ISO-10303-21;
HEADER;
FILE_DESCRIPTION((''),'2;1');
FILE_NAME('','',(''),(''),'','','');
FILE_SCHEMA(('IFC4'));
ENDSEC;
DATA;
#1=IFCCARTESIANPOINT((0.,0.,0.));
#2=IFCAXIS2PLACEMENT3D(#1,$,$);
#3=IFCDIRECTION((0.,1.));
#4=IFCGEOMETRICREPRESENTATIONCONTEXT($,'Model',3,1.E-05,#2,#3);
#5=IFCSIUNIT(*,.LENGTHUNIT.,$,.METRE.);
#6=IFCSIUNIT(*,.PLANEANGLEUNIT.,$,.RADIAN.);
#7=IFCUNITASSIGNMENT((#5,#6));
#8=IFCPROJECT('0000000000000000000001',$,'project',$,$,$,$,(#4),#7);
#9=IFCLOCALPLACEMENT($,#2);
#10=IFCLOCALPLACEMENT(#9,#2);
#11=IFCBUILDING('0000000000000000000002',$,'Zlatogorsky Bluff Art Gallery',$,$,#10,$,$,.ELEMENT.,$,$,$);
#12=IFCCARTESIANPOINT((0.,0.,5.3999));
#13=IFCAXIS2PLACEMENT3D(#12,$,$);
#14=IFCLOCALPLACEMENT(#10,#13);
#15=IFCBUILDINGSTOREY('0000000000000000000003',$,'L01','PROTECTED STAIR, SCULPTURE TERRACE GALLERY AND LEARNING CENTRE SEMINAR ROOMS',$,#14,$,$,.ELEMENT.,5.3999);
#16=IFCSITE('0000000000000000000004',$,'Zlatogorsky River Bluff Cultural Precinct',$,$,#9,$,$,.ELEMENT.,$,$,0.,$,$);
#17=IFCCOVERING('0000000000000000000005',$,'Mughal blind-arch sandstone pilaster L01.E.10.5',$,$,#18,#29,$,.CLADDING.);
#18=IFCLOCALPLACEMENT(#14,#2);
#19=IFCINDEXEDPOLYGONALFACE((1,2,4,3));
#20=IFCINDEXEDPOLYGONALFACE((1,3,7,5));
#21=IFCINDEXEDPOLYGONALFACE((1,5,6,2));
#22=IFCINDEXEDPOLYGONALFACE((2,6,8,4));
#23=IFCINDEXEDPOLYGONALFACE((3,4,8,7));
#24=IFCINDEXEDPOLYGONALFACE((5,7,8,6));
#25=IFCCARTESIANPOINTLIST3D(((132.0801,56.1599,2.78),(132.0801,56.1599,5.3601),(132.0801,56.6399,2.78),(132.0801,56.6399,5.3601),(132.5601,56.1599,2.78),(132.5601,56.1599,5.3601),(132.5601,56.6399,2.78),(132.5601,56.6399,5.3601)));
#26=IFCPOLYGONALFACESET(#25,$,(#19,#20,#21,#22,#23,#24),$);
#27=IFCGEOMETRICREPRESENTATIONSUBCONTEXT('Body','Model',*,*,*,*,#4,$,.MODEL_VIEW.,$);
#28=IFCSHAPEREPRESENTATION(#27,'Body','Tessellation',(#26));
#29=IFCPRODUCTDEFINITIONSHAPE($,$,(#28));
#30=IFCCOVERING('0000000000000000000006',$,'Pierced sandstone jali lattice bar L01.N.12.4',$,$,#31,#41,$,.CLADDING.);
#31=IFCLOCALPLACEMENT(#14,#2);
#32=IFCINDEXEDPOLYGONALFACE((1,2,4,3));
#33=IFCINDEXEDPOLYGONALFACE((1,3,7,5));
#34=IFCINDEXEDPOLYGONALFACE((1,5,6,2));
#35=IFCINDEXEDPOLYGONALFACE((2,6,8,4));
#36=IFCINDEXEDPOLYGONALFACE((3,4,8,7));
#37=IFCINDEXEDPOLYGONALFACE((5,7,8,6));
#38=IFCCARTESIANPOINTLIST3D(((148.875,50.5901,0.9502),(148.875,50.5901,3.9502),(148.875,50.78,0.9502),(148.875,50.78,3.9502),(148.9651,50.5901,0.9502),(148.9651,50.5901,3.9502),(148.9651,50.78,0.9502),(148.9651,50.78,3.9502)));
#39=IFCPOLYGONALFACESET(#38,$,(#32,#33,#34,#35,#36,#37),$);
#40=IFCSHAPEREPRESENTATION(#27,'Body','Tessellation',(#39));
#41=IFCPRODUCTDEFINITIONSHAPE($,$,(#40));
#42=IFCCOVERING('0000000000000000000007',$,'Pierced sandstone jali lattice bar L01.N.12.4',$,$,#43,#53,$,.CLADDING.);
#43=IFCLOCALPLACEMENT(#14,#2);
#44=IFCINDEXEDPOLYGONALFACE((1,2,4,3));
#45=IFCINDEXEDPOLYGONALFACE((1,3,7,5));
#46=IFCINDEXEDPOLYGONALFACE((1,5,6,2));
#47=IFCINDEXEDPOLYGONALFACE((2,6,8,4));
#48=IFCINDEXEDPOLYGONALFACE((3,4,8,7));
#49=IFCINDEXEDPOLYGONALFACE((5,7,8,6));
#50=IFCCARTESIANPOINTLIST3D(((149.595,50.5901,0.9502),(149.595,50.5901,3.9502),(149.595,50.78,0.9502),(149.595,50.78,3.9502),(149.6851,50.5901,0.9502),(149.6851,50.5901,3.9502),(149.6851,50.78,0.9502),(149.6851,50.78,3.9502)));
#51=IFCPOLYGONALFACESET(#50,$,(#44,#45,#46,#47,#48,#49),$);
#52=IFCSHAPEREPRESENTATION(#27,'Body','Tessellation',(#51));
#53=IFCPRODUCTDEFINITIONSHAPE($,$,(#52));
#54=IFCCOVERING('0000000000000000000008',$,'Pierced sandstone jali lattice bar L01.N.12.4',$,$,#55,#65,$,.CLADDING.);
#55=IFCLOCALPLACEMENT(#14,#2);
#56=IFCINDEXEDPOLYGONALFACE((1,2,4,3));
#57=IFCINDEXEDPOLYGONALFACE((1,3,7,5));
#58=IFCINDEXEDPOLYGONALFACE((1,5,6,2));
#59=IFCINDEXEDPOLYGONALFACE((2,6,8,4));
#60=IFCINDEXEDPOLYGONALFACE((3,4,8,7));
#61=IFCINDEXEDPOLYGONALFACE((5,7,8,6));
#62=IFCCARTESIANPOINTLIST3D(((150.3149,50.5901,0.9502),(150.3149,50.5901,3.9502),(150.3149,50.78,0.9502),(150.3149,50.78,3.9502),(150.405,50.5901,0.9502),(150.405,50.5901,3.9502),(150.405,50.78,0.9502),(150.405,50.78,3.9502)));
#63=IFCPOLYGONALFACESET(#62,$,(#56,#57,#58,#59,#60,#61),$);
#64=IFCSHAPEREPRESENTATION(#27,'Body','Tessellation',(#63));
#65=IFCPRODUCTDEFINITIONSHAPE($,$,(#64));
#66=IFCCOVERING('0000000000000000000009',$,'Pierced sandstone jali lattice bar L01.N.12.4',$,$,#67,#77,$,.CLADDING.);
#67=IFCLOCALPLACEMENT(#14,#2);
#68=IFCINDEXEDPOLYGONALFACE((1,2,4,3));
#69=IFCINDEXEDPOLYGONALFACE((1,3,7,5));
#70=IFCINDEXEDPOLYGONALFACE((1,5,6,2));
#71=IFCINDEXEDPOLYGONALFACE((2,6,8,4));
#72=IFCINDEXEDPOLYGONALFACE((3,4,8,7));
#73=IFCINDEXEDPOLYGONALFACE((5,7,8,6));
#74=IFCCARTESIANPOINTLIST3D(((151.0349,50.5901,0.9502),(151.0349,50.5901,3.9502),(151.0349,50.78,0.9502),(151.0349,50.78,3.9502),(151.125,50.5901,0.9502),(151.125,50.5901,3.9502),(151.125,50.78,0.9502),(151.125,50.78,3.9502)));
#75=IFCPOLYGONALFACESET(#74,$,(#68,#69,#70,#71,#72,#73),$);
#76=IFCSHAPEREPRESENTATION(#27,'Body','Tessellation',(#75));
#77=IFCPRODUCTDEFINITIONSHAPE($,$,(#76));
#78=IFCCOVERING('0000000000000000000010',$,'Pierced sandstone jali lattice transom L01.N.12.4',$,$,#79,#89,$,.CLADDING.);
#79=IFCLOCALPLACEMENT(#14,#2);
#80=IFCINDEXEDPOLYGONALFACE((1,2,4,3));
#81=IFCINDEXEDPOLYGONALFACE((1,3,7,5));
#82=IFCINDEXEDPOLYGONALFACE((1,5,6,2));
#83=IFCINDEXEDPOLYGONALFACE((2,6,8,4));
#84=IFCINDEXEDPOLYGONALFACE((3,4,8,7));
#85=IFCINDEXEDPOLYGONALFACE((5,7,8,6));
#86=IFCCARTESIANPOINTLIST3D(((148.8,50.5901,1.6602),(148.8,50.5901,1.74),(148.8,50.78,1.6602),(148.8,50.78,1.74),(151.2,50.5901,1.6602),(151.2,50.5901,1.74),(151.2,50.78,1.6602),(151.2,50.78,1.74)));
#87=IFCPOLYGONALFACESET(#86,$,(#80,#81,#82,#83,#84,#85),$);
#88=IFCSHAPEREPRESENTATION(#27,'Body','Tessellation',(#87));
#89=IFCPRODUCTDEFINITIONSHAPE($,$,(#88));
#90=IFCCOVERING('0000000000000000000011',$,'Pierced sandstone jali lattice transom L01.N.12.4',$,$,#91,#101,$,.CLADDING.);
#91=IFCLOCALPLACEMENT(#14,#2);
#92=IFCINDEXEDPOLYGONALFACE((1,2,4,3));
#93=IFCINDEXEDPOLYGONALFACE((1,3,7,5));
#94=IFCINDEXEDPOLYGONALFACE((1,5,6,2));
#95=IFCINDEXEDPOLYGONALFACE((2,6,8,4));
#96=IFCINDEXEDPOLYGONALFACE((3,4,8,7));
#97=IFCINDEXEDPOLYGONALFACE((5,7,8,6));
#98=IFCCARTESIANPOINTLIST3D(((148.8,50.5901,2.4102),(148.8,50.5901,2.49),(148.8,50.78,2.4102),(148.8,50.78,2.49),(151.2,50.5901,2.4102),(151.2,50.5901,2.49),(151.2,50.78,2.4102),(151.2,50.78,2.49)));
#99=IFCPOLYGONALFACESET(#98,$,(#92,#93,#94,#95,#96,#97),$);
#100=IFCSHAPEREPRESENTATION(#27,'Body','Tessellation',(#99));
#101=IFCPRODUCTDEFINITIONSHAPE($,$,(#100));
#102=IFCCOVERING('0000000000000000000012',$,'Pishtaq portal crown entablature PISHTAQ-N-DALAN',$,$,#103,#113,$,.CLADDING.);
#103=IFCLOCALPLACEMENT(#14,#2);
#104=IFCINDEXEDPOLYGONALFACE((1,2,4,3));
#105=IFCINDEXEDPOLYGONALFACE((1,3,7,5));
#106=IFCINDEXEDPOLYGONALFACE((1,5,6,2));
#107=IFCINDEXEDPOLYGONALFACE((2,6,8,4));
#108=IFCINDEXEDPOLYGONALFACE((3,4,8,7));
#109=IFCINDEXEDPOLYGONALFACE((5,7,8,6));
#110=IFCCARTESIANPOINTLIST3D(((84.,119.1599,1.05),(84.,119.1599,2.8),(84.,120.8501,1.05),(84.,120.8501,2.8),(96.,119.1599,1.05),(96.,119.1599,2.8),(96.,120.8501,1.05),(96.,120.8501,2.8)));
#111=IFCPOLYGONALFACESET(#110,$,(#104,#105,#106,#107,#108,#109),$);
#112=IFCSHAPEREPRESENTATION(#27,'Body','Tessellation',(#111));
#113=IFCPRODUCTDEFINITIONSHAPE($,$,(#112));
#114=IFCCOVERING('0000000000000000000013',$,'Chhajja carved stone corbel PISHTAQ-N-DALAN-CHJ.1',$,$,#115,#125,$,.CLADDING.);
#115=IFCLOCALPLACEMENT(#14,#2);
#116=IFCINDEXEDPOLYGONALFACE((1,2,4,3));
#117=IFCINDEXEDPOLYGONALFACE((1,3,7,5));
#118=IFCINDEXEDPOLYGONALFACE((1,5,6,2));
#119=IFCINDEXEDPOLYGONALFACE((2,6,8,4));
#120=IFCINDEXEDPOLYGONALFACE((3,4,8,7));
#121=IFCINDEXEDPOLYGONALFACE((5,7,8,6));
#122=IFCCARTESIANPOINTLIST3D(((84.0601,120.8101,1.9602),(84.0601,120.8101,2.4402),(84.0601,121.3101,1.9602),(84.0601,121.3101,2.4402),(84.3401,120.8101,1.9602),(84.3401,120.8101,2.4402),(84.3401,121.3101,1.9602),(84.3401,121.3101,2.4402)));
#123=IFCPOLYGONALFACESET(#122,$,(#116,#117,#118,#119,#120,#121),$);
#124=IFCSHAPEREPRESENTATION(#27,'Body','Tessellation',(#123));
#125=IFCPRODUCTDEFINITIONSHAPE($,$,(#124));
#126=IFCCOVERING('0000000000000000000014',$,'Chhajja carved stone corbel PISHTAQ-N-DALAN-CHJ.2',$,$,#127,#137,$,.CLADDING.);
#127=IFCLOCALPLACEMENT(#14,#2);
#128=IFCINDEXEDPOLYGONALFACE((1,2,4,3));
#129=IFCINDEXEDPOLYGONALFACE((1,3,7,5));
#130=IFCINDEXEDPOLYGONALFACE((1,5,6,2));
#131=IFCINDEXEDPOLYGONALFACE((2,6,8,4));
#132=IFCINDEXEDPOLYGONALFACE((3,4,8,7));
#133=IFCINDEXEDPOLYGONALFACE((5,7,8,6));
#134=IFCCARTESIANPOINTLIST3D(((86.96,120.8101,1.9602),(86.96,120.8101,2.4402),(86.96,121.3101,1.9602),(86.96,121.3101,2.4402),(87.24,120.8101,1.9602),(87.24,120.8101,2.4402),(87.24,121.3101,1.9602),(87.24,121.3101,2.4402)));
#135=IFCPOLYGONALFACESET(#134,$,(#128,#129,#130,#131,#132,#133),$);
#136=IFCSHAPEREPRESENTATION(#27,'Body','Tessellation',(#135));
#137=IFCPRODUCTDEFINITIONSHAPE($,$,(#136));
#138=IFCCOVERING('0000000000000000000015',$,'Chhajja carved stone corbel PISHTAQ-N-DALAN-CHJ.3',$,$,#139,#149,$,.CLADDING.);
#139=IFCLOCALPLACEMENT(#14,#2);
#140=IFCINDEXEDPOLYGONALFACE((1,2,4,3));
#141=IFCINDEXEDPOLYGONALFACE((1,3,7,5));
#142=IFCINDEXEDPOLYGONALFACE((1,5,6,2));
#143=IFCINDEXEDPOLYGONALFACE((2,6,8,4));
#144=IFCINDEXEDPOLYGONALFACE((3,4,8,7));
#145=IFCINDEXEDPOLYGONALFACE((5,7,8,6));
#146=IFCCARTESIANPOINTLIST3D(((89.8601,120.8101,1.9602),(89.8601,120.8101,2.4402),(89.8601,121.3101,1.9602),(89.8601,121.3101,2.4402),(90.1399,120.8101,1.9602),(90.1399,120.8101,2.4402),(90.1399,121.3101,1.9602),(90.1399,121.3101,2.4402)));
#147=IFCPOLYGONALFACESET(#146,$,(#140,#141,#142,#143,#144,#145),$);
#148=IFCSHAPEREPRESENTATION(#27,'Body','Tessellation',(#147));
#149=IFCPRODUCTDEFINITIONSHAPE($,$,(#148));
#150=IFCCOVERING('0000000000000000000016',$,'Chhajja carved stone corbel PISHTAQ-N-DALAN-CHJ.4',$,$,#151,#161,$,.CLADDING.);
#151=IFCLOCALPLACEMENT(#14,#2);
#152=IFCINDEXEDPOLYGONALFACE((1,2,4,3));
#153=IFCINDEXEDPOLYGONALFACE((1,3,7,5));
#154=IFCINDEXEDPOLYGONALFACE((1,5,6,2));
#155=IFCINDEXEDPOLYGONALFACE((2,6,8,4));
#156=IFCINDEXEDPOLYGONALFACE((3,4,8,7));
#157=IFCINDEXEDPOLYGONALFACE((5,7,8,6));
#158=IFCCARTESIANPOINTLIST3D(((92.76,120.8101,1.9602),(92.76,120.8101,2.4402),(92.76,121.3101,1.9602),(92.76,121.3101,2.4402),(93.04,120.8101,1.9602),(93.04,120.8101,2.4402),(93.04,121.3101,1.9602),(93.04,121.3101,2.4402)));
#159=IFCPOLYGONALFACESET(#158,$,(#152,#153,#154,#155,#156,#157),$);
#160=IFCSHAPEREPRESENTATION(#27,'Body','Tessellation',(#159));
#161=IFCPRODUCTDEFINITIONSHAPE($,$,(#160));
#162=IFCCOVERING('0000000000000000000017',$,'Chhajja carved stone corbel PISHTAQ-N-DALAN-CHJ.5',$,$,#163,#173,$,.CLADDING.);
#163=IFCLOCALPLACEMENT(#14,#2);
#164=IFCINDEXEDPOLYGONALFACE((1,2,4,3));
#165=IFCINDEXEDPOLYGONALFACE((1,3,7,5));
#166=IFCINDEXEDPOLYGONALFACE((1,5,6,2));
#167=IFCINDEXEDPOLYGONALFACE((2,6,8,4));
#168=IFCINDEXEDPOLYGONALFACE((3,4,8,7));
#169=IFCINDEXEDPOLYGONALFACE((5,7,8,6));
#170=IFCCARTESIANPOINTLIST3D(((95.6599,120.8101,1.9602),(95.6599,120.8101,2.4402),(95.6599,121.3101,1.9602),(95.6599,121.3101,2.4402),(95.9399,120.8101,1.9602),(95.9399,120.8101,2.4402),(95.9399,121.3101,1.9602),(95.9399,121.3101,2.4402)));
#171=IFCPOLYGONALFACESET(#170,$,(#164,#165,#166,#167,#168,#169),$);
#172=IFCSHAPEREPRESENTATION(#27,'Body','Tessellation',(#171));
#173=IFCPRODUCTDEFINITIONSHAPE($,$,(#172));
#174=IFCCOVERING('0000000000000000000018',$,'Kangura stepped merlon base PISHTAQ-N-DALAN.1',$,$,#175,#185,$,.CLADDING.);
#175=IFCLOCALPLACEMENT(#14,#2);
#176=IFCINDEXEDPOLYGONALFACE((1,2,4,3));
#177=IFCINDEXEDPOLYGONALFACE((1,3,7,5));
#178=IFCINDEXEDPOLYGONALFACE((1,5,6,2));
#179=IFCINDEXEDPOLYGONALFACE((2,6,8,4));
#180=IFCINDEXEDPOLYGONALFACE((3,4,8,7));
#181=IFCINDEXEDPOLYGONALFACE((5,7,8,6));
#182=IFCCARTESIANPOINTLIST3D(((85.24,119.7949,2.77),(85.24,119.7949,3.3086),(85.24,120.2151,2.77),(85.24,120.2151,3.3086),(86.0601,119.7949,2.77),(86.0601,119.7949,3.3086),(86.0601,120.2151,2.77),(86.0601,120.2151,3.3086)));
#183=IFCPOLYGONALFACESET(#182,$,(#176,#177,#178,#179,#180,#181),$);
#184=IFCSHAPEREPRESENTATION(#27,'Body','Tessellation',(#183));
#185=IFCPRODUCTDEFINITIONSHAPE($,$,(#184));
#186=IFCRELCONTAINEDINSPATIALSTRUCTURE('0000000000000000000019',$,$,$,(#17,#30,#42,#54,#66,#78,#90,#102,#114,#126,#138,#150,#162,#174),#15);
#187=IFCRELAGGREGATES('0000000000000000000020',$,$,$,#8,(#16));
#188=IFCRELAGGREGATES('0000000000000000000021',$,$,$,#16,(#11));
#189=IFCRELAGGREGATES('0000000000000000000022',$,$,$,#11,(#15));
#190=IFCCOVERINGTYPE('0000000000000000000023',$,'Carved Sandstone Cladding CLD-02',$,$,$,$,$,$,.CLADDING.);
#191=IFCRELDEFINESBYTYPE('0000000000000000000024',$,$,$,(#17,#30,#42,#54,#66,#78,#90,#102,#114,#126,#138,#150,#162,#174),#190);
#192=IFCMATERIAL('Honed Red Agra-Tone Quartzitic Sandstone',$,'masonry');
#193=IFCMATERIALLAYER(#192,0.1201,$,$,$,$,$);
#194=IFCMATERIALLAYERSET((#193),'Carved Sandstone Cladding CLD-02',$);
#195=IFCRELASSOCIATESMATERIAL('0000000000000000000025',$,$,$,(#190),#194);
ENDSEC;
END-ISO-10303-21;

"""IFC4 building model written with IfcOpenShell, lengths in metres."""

from ifc_helpers import new_model, si_unit, direction, frame, origin, place, context, subcontext, project, spatial, polyline, outline, extrude, material, layer, layer_set, type_object, element, save


model = new_model("IFC4")

# Units and contexts
model_context = context("Model", 3, precision=1e-05, world=origin(), true_north=direction((0.0, 1.0)))
body_context = subcontext(model_context, "Body", "Model", "MODEL_VIEW")
ifc_project = project(units=[si_unit("LENGTHUNIT", "METRE"), si_unit("PLANEANGLEUNIT", "RADIAN")], contexts=[model_context])

# Site, building, storey
site_placement = place(None, origin())
site = spatial("IfcSite", under=ifc_project, at=site_placement, Name="Zlatogorsky River Bluff Cultural Precinct", CompositionType="ELEMENT", RefElevation=0.0)
building_placement = place(site_placement, origin())
building = spatial("IfcBuilding", under=site, at=building_placement, Name="Zlatogorsky Bluff Art Gallery", CompositionType="ELEMENT")
storey_placement = place(building_placement, frame((0.0, 0.0, 5.3999)))
storey = spatial("IfcBuildingStorey", under=building, at=storey_placement, Name="L01", Description="PROTECTED STAIR, SCULPTURE TERRACE GALLERY AND LEARNING CENTRE SEMINAR ROOMS", CompositionType="ELEMENT", Elevation=5.3999)

# Coverings
ifc_material = material(Name="Honed Red Agra-Tone Quartzitic Sandstone", Category="masonry")
ifc_layer = layer(ifc_material, 0.1201)
ifc_layer_set = layer_set([ifc_layer], Name="Carved Sandstone Cladding CLD-02")
covering_type = type_object("IfcCoveringType", Name="Carved Sandstone Cladding CLD-02", PredefinedType="CLADDING", material=ifc_layer_set)
covering_1_placement = place(storey_placement, frame((0.0, 0.0, 2.78)))
element("IfcCovering", 1, at=covering_1_placement, inside=storey, type_object=covering_type, Name="Mughal blind-arch sandstone pilaster L01.E.10.5", PredefinedType="CLADDING", context=body_context, shape_type="SweptSolid", body=[
    extrude(outline(polyline([(132.0801, 56.1599), (132.5601, 56.1599), (132.5601, 56.6399), (132.0801, 56.6399), (132.0801, 56.1599)])), origin(), (0.0, 0.0, 1.0), 2.5801),
])
covering_2_placement = place(storey_placement, frame((0.0, 0.0, 0.9502)))
element("IfcCovering", 2, at=covering_2_placement, inside=storey, type_object=covering_type, Name="Pierced sandstone jali lattice bar L01.N.12.4", PredefinedType="CLADDING", context=body_context, shape_type="SweptSolid", body=[
    extrude(outline(polyline([(148.875, 50.5901), (148.9651, 50.5901), (148.9651, 50.78), (148.875, 50.78), (148.875, 50.5901)])), origin(), (0.0, 0.0, 1.0), 3.0),
])
covering_3_placement = place(storey_placement, frame((0.0, 0.0, 0.9502)))
element("IfcCovering", 3, at=covering_3_placement, inside=storey, type_object=covering_type, Name="Pierced sandstone jali lattice bar L01.N.12.4", PredefinedType="CLADDING", context=body_context, shape_type="SweptSolid", body=[
    extrude(outline(polyline([(149.595, 50.5901), (149.6851, 50.5901), (149.6851, 50.78), (149.595, 50.78), (149.595, 50.5901)])), origin(), (0.0, 0.0, 1.0), 3.0),
])
covering_4_placement = place(storey_placement, frame((0.0, 0.0, 0.9502)))
element("IfcCovering", 4, at=covering_4_placement, inside=storey, type_object=covering_type, Name="Pierced sandstone jali lattice bar L01.N.12.4", PredefinedType="CLADDING", context=body_context, shape_type="SweptSolid", body=[
    extrude(outline(polyline([(150.3149, 50.5901), (150.405, 50.5901), (150.405, 50.78), (150.3149, 50.78), (150.3149, 50.5901)])), origin(), (0.0, 0.0, 1.0), 3.0),
])
covering_5_placement = place(storey_placement, frame((0.0, 0.0, 0.9502)))
element("IfcCovering", 5, at=covering_5_placement, inside=storey, type_object=covering_type, Name="Pierced sandstone jali lattice bar L01.N.12.4", PredefinedType="CLADDING", context=body_context, shape_type="SweptSolid", body=[
    extrude(outline(polyline([(151.0349, 50.5901), (151.125, 50.5901), (151.125, 50.78), (151.0349, 50.78), (151.0349, 50.5901)])), origin(), (0.0, 0.0, 1.0), 3.0),
])
for number, where, name in (
    (6, (0.0, 0.0, 1.6602), "Pierced sandstone jali lattice transom L01.N.12.4"),
    (7, (0.0, 0.0, 2.4102), "Pierced sandstone jali lattice transom L01.N.12.4"),
):
    element("IfcCovering", number, at=place(storey_placement, frame(where)), inside=storey, type_object=covering_type, Name=name, PredefinedType="CLADDING", context=body_context, shape_type="SweptSolid", body=[
        extrude(outline(polyline([(148.8, 50.5901), (151.2, 50.5901), (151.2, 50.78), (148.8, 50.78), (148.8, 50.5901)])), origin(), (0.0, 0.0, 1.0), 0.0798),
    ])
covering_6_placement = place(storey_placement, frame((0.0, 0.0, 1.05)))
element("IfcCovering", 8, at=covering_6_placement, inside=storey, type_object=covering_type, Name="Pishtaq portal crown entablature PISHTAQ-N-DALAN", PredefinedType="CLADDING", context=body_context, shape_type="SweptSolid", body=[
    extrude(outline(polyline([(84.0, 119.1599), (96.0, 119.1599), (96.0, 120.8501), (84.0, 120.8501), (84.0, 119.1599)])), origin(), (0.0, 0.0, 1.0), 1.75),
])
covering_7_placement = place(storey_placement, frame((0.0, 0.0, 1.9602)))
element("IfcCovering", 9, at=covering_7_placement, inside=storey, type_object=covering_type, Name="Chhajja carved stone corbel PISHTAQ-N-DALAN-CHJ.1", PredefinedType="CLADDING", context=body_context, shape_type="SweptSolid", body=[
    extrude(outline(polyline([(84.0601, 120.8101), (84.3401, 120.8101), (84.3401, 121.3101), (84.0601, 121.3101), (84.0601, 120.8101)])), origin(), (0.0, 0.0, 1.0), 0.48),
])
covering_8_placement = place(storey_placement, frame((0.0, 0.0, 1.9602)))
element("IfcCovering", 10, at=covering_8_placement, inside=storey, type_object=covering_type, Name="Chhajja carved stone corbel PISHTAQ-N-DALAN-CHJ.2", PredefinedType="CLADDING", context=body_context, shape_type="SweptSolid", body=[
    extrude(outline(polyline([(86.96, 120.8101), (87.24, 120.8101), (87.24, 121.3101), (86.96, 121.3101), (86.96, 120.8101)])), origin(), (0.0, 0.0, 1.0), 0.48),
])
covering_9_placement = place(storey_placement, frame((0.0, 0.0, 1.9602)))
element("IfcCovering", 11, at=covering_9_placement, inside=storey, type_object=covering_type, Name="Chhajja carved stone corbel PISHTAQ-N-DALAN-CHJ.3", PredefinedType="CLADDING", context=body_context, shape_type="SweptSolid", body=[
    extrude(outline(polyline([(89.8601, 120.8101), (90.1399, 120.8101), (90.1399, 121.3101), (89.8601, 121.3101), (89.8601, 120.8101)])), origin(), (0.0, 0.0, 1.0), 0.48),
])
covering_10_placement = place(storey_placement, frame((0.0, 0.0, 1.9602)))
element("IfcCovering", 12, at=covering_10_placement, inside=storey, type_object=covering_type, Name="Chhajja carved stone corbel PISHTAQ-N-DALAN-CHJ.4", PredefinedType="CLADDING", context=body_context, shape_type="SweptSolid", body=[
    extrude(outline(polyline([(92.76, 120.8101), (93.04, 120.8101), (93.04, 121.3101), (92.76, 121.3101), (92.76, 120.8101)])), origin(), (0.0, 0.0, 1.0), 0.48),
])
covering_11_placement = place(storey_placement, frame((0.0, 0.0, 1.9602)))
element("IfcCovering", 13, at=covering_11_placement, inside=storey, type_object=covering_type, Name="Chhajja carved stone corbel PISHTAQ-N-DALAN-CHJ.5", PredefinedType="CLADDING", context=body_context, shape_type="SweptSolid", body=[
    extrude(outline(polyline([(95.6599, 120.8101), (95.9399, 120.8101), (95.9399, 121.3101), (95.6599, 121.3101), (95.6599, 120.8101)])), origin(), (0.0, 0.0, 1.0), 0.48),
])
covering_12_placement = place(storey_placement, frame((0.0, 0.0, 2.77)))
element("IfcCovering", 14, at=covering_12_placement, inside=storey, type_object=covering_type, Name="Kangura stepped merlon base PISHTAQ-N-DALAN.1", PredefinedType="CLADDING", context=body_context, shape_type="SweptSolid", body=[
    extrude(outline(polyline([(85.24, 119.7949), (86.0601, 119.7949), (86.0601, 120.2151), (85.24, 120.2151), (85.24, 119.7949)])), origin(), (0.0, 0.0, 1.0), 0.5386),
])

save(model, "model.ifc")
